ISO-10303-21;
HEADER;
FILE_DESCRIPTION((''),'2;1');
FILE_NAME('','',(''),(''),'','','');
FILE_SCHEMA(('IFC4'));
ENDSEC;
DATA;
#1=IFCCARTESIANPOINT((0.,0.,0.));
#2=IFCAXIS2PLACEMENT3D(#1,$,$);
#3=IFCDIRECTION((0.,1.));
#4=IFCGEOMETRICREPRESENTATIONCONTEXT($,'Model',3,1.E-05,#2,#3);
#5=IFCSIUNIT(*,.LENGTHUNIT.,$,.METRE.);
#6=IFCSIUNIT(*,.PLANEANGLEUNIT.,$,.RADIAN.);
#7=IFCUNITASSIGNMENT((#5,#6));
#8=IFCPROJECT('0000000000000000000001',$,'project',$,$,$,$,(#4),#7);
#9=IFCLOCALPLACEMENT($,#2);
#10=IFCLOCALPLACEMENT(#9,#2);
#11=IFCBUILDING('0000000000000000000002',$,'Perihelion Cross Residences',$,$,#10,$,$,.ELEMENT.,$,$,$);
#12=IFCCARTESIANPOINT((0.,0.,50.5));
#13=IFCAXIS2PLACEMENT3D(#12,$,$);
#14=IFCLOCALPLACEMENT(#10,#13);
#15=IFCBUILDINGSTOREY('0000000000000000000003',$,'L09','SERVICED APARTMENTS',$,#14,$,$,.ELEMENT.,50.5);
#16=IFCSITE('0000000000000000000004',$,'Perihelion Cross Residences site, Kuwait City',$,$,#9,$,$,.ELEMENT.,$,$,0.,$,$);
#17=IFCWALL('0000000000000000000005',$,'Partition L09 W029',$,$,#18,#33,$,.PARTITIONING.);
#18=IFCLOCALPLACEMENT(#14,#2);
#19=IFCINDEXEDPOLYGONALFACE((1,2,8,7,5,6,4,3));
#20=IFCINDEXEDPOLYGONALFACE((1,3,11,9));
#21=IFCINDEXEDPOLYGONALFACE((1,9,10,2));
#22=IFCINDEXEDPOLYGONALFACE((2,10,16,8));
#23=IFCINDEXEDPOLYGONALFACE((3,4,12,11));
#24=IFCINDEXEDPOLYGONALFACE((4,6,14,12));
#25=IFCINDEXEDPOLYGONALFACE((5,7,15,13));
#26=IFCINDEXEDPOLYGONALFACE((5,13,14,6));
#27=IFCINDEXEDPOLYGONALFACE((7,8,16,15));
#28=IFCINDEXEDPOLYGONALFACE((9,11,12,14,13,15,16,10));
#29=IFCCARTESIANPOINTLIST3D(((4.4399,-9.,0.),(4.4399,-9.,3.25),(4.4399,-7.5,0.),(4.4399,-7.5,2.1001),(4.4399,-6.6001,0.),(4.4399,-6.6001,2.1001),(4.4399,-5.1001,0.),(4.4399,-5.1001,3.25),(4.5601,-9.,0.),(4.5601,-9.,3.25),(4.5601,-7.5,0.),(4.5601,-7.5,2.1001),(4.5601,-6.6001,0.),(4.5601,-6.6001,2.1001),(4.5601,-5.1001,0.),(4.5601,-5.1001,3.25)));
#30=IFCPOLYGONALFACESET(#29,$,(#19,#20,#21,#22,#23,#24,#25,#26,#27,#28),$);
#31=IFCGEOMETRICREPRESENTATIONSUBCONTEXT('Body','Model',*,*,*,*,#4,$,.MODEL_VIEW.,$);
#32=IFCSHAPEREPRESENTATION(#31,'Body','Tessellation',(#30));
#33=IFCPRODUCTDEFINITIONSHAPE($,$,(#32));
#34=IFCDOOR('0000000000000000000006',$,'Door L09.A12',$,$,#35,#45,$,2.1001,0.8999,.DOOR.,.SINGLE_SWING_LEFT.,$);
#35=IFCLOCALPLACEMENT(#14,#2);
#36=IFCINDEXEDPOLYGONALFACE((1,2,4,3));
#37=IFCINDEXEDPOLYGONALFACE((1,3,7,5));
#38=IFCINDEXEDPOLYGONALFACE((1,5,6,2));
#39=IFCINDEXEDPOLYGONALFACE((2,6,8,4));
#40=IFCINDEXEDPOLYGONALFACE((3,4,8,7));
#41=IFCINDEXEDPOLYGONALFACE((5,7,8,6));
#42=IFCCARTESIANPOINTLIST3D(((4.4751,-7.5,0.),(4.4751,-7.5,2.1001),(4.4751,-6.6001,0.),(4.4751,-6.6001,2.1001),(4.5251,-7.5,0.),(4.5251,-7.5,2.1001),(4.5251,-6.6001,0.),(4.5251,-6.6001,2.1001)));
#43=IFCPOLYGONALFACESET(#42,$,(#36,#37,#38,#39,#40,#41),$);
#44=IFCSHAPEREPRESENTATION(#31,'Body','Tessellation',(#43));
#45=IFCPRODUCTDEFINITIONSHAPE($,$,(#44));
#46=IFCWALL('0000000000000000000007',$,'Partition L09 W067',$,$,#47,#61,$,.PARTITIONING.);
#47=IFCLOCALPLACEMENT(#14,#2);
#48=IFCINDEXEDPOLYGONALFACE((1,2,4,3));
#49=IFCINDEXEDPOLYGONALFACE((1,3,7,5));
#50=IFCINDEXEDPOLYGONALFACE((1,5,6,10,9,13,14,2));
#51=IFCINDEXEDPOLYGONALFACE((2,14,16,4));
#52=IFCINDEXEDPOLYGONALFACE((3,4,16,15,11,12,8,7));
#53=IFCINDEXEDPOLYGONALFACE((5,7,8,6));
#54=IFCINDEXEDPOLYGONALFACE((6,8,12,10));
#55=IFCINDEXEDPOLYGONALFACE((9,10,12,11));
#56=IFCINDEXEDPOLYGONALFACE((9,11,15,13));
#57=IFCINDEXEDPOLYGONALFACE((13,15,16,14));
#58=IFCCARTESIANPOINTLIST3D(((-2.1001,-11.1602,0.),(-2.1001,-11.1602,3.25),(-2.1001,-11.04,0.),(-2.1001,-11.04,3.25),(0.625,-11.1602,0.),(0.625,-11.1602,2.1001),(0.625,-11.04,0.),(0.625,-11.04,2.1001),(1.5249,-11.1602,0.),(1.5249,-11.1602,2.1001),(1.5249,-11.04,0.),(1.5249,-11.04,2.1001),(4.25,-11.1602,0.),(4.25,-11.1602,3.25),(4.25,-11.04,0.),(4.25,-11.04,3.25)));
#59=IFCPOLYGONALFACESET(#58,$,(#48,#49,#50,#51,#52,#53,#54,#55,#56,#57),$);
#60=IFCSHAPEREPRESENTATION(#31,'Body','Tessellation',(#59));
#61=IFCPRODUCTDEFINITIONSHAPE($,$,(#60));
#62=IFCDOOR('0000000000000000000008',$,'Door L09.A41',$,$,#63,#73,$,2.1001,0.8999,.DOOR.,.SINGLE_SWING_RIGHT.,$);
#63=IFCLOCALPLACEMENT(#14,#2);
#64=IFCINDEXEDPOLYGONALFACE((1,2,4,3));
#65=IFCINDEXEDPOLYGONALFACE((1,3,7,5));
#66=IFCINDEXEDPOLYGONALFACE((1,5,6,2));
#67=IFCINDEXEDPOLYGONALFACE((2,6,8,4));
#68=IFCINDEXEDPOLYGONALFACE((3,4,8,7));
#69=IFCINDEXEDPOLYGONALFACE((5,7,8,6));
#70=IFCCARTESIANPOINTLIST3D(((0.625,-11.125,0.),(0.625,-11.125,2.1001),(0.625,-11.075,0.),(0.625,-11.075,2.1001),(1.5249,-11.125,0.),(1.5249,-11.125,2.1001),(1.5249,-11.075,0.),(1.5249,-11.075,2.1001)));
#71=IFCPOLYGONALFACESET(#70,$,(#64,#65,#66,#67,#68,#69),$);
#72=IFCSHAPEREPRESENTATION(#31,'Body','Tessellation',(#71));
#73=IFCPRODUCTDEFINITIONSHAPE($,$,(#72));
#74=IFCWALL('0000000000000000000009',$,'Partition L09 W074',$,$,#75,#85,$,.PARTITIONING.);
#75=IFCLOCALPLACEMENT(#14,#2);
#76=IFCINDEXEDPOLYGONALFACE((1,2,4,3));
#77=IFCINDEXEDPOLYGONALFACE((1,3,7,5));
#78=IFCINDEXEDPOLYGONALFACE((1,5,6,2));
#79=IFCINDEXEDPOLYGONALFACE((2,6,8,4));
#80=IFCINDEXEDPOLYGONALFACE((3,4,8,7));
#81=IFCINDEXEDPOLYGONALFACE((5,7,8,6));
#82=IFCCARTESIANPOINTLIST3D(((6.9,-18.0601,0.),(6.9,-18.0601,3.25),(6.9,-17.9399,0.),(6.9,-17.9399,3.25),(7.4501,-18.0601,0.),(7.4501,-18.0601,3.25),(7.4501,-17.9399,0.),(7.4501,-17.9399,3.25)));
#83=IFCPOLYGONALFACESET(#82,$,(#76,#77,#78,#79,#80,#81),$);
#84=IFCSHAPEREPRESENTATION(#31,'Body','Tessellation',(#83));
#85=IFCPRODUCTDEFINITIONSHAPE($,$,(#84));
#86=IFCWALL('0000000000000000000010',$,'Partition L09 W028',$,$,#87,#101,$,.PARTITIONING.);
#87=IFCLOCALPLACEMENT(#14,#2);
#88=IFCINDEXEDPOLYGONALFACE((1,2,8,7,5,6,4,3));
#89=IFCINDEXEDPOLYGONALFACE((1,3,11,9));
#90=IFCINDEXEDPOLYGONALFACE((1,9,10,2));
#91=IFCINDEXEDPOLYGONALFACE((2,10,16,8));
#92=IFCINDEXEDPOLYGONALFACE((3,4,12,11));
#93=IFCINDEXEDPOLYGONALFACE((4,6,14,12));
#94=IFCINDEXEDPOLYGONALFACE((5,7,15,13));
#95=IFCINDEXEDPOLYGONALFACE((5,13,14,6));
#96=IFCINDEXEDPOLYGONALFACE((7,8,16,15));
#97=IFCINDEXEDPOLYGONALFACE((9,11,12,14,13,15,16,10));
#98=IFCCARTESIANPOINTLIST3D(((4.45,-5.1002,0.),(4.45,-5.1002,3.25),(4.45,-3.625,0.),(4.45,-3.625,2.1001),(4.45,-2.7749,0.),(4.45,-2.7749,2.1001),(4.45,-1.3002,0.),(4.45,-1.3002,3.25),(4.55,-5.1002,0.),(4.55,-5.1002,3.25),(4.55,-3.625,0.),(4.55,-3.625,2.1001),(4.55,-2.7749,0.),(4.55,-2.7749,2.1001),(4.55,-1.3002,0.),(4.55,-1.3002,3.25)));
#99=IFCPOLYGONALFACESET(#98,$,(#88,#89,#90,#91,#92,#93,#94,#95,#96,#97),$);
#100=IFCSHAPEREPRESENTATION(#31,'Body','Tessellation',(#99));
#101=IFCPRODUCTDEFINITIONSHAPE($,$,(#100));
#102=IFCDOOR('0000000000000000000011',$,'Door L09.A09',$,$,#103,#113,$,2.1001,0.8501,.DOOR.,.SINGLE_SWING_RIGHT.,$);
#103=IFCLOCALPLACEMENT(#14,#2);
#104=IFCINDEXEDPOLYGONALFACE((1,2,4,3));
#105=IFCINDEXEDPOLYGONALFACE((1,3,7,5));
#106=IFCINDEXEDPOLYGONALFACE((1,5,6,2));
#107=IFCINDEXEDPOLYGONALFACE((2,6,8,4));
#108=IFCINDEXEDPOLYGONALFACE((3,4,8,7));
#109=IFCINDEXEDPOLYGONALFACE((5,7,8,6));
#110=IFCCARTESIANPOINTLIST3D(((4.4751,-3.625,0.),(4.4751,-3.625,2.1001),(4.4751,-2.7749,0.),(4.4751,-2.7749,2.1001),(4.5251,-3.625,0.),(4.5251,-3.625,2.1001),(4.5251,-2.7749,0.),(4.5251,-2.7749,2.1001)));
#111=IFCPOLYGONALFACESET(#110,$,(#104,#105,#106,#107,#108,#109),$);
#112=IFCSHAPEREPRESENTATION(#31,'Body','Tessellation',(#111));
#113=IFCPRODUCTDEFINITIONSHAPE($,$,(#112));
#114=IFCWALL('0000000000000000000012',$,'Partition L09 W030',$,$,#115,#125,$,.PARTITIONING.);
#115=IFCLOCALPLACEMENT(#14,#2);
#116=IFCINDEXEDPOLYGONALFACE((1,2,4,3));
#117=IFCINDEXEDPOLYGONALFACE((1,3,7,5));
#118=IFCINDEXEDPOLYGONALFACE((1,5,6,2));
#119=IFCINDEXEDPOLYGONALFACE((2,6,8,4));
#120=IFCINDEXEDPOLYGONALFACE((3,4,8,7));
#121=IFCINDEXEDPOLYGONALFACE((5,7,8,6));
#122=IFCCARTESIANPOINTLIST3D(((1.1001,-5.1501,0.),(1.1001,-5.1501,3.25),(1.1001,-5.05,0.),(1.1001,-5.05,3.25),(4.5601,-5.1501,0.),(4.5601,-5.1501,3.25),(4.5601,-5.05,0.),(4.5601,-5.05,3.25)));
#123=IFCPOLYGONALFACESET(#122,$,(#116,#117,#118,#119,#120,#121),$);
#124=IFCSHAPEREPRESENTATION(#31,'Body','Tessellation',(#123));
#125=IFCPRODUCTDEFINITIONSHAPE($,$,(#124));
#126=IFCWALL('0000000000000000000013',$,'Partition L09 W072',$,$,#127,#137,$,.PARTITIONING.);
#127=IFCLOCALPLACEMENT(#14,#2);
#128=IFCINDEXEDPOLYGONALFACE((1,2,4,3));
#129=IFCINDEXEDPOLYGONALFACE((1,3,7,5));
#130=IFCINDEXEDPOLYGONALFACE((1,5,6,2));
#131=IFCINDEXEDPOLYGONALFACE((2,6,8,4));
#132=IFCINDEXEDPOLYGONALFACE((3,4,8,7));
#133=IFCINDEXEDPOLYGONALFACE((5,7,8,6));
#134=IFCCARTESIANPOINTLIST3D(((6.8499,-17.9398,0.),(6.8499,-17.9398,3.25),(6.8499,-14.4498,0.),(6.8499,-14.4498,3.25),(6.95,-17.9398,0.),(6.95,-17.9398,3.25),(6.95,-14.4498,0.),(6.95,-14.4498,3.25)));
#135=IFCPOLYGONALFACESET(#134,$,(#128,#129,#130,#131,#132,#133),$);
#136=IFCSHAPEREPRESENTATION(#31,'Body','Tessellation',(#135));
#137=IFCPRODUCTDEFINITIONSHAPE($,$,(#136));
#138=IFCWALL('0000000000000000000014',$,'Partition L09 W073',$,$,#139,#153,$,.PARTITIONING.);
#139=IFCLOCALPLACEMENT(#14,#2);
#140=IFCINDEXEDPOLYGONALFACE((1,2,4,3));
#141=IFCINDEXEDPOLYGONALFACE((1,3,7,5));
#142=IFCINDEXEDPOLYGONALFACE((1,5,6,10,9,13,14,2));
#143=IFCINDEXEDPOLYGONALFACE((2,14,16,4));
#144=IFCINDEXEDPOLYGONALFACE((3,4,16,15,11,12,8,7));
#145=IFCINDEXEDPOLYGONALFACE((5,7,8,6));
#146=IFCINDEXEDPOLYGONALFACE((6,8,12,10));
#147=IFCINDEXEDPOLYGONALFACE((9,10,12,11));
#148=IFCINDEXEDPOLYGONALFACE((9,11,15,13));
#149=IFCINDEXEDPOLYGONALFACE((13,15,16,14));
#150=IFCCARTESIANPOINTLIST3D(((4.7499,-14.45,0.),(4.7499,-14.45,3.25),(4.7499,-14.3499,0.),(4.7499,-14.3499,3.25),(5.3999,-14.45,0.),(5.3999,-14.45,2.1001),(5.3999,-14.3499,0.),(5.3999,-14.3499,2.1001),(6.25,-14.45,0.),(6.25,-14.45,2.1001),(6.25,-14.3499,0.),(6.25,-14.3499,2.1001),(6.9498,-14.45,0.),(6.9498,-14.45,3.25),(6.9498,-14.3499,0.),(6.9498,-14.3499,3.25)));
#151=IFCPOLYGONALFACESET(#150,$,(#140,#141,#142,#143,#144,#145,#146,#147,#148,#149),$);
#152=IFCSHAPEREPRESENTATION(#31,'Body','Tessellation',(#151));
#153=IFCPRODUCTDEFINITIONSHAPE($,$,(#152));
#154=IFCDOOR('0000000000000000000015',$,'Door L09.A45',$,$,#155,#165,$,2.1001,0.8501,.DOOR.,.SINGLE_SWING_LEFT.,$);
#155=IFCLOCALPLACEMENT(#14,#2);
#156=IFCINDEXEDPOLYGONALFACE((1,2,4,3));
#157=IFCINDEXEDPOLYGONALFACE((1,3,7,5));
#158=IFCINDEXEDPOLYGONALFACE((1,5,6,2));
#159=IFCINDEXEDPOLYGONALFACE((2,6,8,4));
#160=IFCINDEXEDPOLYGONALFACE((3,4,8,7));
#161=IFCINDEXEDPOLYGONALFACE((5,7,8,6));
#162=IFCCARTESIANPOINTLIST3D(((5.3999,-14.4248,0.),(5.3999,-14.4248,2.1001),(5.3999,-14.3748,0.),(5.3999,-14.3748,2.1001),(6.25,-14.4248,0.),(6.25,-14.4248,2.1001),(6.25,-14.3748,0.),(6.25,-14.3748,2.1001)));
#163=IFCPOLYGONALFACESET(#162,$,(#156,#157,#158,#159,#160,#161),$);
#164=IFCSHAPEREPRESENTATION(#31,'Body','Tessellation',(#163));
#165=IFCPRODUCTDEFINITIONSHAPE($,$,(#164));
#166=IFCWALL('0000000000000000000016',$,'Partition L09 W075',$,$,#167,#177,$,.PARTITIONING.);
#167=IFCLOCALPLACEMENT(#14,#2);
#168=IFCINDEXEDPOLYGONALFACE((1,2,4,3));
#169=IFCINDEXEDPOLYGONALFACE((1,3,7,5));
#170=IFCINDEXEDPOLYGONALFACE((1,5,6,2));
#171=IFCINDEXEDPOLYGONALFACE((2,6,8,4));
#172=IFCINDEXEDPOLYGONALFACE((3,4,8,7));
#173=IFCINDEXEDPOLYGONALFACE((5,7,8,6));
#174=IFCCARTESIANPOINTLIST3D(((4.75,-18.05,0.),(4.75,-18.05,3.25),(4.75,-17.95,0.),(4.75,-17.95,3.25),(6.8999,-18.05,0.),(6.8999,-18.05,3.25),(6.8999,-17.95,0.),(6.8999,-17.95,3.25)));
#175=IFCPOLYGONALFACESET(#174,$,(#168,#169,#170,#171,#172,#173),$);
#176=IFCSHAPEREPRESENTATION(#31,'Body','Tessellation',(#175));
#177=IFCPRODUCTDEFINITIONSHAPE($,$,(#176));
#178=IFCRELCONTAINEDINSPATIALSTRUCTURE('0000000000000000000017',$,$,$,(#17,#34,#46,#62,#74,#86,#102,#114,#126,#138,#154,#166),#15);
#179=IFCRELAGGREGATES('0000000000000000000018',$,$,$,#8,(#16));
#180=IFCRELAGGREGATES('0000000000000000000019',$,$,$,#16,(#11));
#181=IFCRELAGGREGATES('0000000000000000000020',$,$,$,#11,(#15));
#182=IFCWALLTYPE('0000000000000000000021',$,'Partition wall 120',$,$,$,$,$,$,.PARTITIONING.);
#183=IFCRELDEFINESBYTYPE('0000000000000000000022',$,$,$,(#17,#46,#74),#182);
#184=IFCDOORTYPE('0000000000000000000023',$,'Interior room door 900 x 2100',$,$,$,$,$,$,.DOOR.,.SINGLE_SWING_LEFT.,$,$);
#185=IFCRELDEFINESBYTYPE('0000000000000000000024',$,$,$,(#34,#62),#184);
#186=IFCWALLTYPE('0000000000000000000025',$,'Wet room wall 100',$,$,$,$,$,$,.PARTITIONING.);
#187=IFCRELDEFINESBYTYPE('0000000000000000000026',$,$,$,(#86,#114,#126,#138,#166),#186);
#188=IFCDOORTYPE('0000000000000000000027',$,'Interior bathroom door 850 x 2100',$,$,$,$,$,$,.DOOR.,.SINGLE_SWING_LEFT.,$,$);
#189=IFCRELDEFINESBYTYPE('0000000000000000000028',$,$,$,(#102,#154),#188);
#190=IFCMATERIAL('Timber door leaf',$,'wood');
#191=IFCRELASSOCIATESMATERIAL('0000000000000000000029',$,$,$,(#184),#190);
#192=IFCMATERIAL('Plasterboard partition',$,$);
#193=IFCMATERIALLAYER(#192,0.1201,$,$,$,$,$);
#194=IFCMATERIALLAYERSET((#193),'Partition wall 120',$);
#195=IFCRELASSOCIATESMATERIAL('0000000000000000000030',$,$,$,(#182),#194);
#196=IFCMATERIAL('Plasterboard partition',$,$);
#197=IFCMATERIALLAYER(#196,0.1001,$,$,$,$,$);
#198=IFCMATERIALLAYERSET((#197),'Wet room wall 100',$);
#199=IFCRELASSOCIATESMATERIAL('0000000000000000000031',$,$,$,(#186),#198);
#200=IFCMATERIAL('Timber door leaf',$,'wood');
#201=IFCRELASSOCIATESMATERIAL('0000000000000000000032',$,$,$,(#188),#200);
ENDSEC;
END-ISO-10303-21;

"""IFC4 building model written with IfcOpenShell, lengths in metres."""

from ifc_helpers import new_model, si_unit, direction, frame, frame_2d, origin, place, context, subcontext, project, spatial, rectangle, extrude, material, layer, layer_set, type_object, element, fill, save


model = new_model("IFC4")

# Units and contexts
model_context = context("Model", 3, precision=1e-05, world=origin(), true_north=direction((0.0, 1.0)))
body_context = subcontext(model_context, "Body", "Model", "MODEL_VIEW")
ifc_project = project(units=[si_unit("LENGTHUNIT", "METRE"), si_unit("PLANEANGLEUNIT", "RADIAN")], contexts=[model_context])

# Site, building, storey
site_placement = place(None, origin())
site = spatial("IfcSite", under=ifc_project, at=site_placement, Name="Perihelion Cross Residences site, Kuwait City", CompositionType="ELEMENT", RefElevation=0.0)
building_placement = place(site_placement, origin())
building = spatial("IfcBuilding", under=site, at=building_placement, Name="Perihelion Cross Residences", CompositionType="ELEMENT")
storey_placement = place(building_placement, frame((0.0, 0.0, 50.5)))
storey = spatial("IfcBuildingStorey", under=building, at=storey_placement, Name="L09", Description="SERVICED APARTMENTS", CompositionType="ELEMENT", Elevation=50.5)

# Walls, openings, doors
ifc_material_1 = material(Name="Timber door leaf", Category="wood")
door_type_1 = type_object("IfcDoorType", Name="Interior room door 900 x 2100", OperationType="SINGLE_SWING_LEFT", PredefinedType="DOOR", material=ifc_material_1)
ifc_material_2 = material(Name="Plasterboard partition")
ifc_layer_1 = layer(ifc_material_2, 0.1201)
ifc_layer_set_1 = layer_set([ifc_layer_1], Name="Partition wall 120")
wall_type_1 = type_object("IfcWallType", Name="Partition wall 120", PredefinedType="PARTITIONING", material=ifc_layer_set_1)
wall_1_placement = place(storey_placement, frame((4.5, -9.0, 0.0), z_axis=(0.0, 0.0, 1.0), x_axis=(0.0, 1.0, 0.0)))
wall_1 = element("IfcWall", 1, at=wall_1_placement, inside=storey, type_object=wall_type_1, Name="Partition L09 W029", PredefinedType="PARTITIONING", context=body_context, shape_type="SweptSolid", body=[
    extrude(rectangle(XDim=3.8999, YDim=0.1201, at=frame_2d((1.95, 0.0))), origin(), (0.0, 0.0, 1.0), 3.25),
])
opening_1_placement = place(wall_1_placement, frame((1.5, 0.0, 0.0)))
opening_1 = element("IfcOpeningElement", 2, at=opening_1_placement, cuts=wall_1, PredefinedType="OPENING", context=body_context, shape_type="SweptSolid", body=[
    extrude(rectangle(XDim=0.8999, YDim=2.1001, at=frame_2d((0.45, 1.05))), frame((0.0, 0.0701, 0.0), z_axis=(0.0, -1.0, 0.0), x_axis=(1.0, 0.0, 0.0)), (0.0, 0.0, 1.0), 0.1401),
])
door_1_placement = place(opening_1_placement, origin())
door_1 = element("IfcDoor", 3, at=door_1_placement, inside=storey, type_object=door_type_1, Name="Door L09.A12", OperationType="SINGLE_SWING_LEFT", OverallHeight=2.1001, OverallWidth=0.8999, PredefinedType="DOOR", context=body_context, shape_type="SweptSolid", body=[
    extrude(rectangle(XDim=0.8999, YDim=2.1001, at=frame_2d((0.45, 1.05))), frame((0.0, 0.0249, 0.0), z_axis=(0.0, -1.0, 0.0), x_axis=(1.0, 0.0, 0.0)), (0.0, 0.0, 1.0), 0.05),
])
fill(opening_1, door_1)
wall_2_placement = place(storey_placement, frame((4.25, -11.1001, 0.0), z_axis=(0.0, 0.0, 1.0), x_axis=(-1.0, 0.0, 0.0)))
wall_2 = element("IfcWall", 4, at=wall_2_placement, inside=storey, type_object=wall_type_1, Name="Partition L09 W067", PredefinedType="PARTITIONING", context=body_context, shape_type="SweptSolid", body=[
    extrude(rectangle(XDim=6.3501, YDim=0.1201, at=frame_2d((3.175, 0.0))), origin(), (0.0, 0.0, 1.0), 3.25),
])
opening_2_placement = place(wall_2_placement, frame((2.7251, 0.0, 0.0)))
opening_2 = element("IfcOpeningElement", 5, at=opening_2_placement, cuts=wall_2, PredefinedType="OPENING", context=body_context, shape_type="SweptSolid", body=[
    extrude(rectangle(XDim=0.8999, YDim=2.1001, at=frame_2d((0.45, 1.05))), frame((0.0, 0.0701, 0.0), z_axis=(0.0, -1.0, 0.0), x_axis=(1.0, 0.0, 0.0)), (0.0, 0.0, 1.0), 0.1401),
])
door_2_placement = place(opening_2_placement, origin())
door_2 = element("IfcDoor", 6, at=door_2_placement, inside=storey, type_object=door_type_1, Name="Door L09.A41", OperationType="SINGLE_SWING_RIGHT", OverallHeight=2.1001, OverallWidth=0.8999, PredefinedType="DOOR", context=body_context, shape_type="SweptSolid", body=[
    extrude(rectangle(XDim=0.8999, YDim=2.1001, at=frame_2d((0.45, 1.05))), frame((0.0, 0.0249, 0.0), z_axis=(0.0, -1.0, 0.0), x_axis=(1.0, 0.0, 0.0)), (0.0, 0.0, 1.0), 0.05),
])
fill(opening_2, door_2)

# Wall
wall_3_placement = place(storey_placement, frame((7.45, -18.0, 0.0), z_axis=(0.0, 0.0, 1.0), x_axis=(-1.0, 0.0, 0.0)))
element("IfcWall", 7, at=wall_3_placement, inside=storey, type_object=wall_type_1, Name="Partition L09 W074", PredefinedType="PARTITIONING", context=body_context, shape_type="SweptSolid", body=[
    extrude(rectangle(XDim=0.55, YDim=0.1201, at=frame_2d((0.2749, 0.0))), origin(), (0.0, 0.0, 1.0), 3.25),
])

# Wall, opening, door
ifc_material_3 = material(Name="Plasterboard partition")
ifc_layer_2 = layer(ifc_material_3, 0.1001)
ifc_layer_set_2 = layer_set([ifc_layer_2], Name="Wet room wall 100")
wall_type_2 = type_object("IfcWallType", Name="Wet room wall 100", PredefinedType="PARTITIONING", material=ifc_layer_set_2)
wall_4_placement = place(storey_placement, frame((4.5, -5.1001, 0.0), z_axis=(0.0, 0.0, 1.0), x_axis=(0.0, 1.0, 0.0)))
wall_4 = element("IfcWall", 8, at=wall_4_placement, inside=storey, type_object=wall_type_2, Name="Partition L09 W028", PredefinedType="PARTITIONING", context=body_context, shape_type="SweptSolid", body=[
    extrude(rectangle(XDim=3.8, YDim=0.1001, at=frame_2d((1.8999, 0.0))), origin(), (0.0, 0.0, 1.0), 3.25),
])
opening_3_placement = place(wall_4_placement, frame((1.4751, 0.0, 0.0)))
opening_3 = element("IfcOpeningElement", 9, at=opening_3_placement, cuts=wall_4, PredefinedType="OPENING", context=body_context, shape_type="SweptSolid", body=[
    extrude(rectangle(XDim=0.8501, YDim=2.1001, at=frame_2d((0.425, 1.05))), frame((0.0, 0.0601, 0.0), z_axis=(0.0, -1.0, 0.0), x_axis=(1.0, 0.0, 0.0)), (0.0, 0.0, 1.0), 0.1201),
])
ifc_material_4 = material(Name="Timber door leaf", Category="wood")
door_type_2 = type_object("IfcDoorType", Name="Interior bathroom door 850 x 2100", OperationType="SINGLE_SWING_LEFT", PredefinedType="DOOR", material=ifc_material_4)
door_3_placement = place(opening_3_placement, origin())
door_3 = element("IfcDoor", 10, at=door_3_placement, inside=storey, type_object=door_type_2, Name="Door L09.A09", OperationType="SINGLE_SWING_RIGHT", OverallHeight=2.1001, OverallWidth=0.8501, PredefinedType="DOOR", context=body_context, shape_type="SweptSolid", body=[
    extrude(rectangle(XDim=0.8501, YDim=2.1001, at=frame_2d((0.425, 1.05))), frame((0.0, 0.0249, 0.0), z_axis=(0.0, -1.0, 0.0), x_axis=(1.0, 0.0, 0.0)), (0.0, 0.0, 1.0), 0.05),
])
fill(opening_3, door_3)

# Walls
wall_5_placement = place(storey_placement, frame((4.5601, -5.1001, 0.0), z_axis=(0.0, 0.0, 1.0), x_axis=(-1.0, 0.0, 0.0)))
element("IfcWall", 11, at=wall_5_placement, inside=storey, type_object=wall_type_2, Name="Partition L09 W030", PredefinedType="PARTITIONING", context=body_context, shape_type="SweptSolid", body=[
    extrude(rectangle(XDim=3.46, YDim=0.1001, at=frame_2d((1.73, 0.0))), origin(), (0.0, 0.0, 1.0), 3.25),
])
wall_6_placement = place(storey_placement, frame((6.8999, -17.9399, 0.0), z_axis=(0.0, 0.0, 1.0), x_axis=(0.0, 1.0, 0.0)))
element("IfcWall", 12, at=wall_6_placement, inside=storey, type_object=wall_type_2, Name="Partition L09 W072", PredefinedType="PARTITIONING", context=body_context, shape_type="SweptSolid", body=[
    extrude(rectangle(XDim=3.49, YDim=0.1001, at=frame_2d((1.7451, 0.0))), origin(), (0.0, 0.0, 1.0), 3.25),
])

# Wall, opening, door
wall_7_placement = place(storey_placement, frame((6.95, -14.3999, 0.0), z_axis=(0.0, 0.0, 1.0), x_axis=(-1.0, 0.0, 0.0)))
wall_7 = element("IfcWall", 13, at=wall_7_placement, inside=storey, type_object=wall_type_2, Name="Partition L09 W073", PredefinedType="PARTITIONING", context=body_context, shape_type="SweptSolid", body=[
    extrude(rectangle(XDim=2.2, YDim=0.1001, at=frame_2d((1.1001, 0.0))), origin(), (0.0, 0.0, 1.0), 3.25),
])
opening_4_placement = place(wall_7_placement, frame((0.7, 0.0, 0.0)))
opening_4 = element("IfcOpeningElement", 14, at=opening_4_placement, cuts=wall_7, PredefinedType="OPENING", context=body_context, shape_type="SweptSolid", body=[
    extrude(rectangle(XDim=0.8501, YDim=2.1001, at=frame_2d((0.425, 1.05))), frame((0.0, 0.0601, 0.0), z_axis=(0.0, -1.0, 0.0), x_axis=(1.0, 0.0, 0.0)), (0.0, 0.0, 1.0), 0.1201),
])
door_4_placement = place(opening_4_placement, origin())
door_4 = element("IfcDoor", 15, at=door_4_placement, inside=storey, type_object=door_type_2, Name="Door L09.A45", OperationType="SINGLE_SWING_LEFT", OverallHeight=2.1001, OverallWidth=0.8501, PredefinedType="DOOR", context=body_context, shape_type="SweptSolid", body=[
    extrude(rectangle(XDim=0.8501, YDim=2.1001, at=frame_2d((0.425, 1.05))), frame((0.0, 0.0249, 0.0), z_axis=(0.0, -1.0, 0.0), x_axis=(1.0, 0.0, 0.0)), (0.0, 0.0, 1.0), 0.05),
])
fill(opening_4, door_4)

# Wall
wall_8_placement = place(storey_placement, frame((6.8999, -18.0, 0.0), z_axis=(0.0, 0.0, 1.0), x_axis=(-1.0, 0.0, 0.0)))
element("IfcWall", 16, at=wall_8_placement, inside=storey, type_object=wall_type_2, Name="Partition L09 W075", PredefinedType="PARTITIONING", context=body_context, shape_type="SweptSolid", body=[
    extrude(rectangle(XDim=2.1499, YDim=0.1001, at=frame_2d((1.075, 0.0))), origin(), (0.0, 0.0, 1.0), 3.25),
])

save(model, "model.ifc")
